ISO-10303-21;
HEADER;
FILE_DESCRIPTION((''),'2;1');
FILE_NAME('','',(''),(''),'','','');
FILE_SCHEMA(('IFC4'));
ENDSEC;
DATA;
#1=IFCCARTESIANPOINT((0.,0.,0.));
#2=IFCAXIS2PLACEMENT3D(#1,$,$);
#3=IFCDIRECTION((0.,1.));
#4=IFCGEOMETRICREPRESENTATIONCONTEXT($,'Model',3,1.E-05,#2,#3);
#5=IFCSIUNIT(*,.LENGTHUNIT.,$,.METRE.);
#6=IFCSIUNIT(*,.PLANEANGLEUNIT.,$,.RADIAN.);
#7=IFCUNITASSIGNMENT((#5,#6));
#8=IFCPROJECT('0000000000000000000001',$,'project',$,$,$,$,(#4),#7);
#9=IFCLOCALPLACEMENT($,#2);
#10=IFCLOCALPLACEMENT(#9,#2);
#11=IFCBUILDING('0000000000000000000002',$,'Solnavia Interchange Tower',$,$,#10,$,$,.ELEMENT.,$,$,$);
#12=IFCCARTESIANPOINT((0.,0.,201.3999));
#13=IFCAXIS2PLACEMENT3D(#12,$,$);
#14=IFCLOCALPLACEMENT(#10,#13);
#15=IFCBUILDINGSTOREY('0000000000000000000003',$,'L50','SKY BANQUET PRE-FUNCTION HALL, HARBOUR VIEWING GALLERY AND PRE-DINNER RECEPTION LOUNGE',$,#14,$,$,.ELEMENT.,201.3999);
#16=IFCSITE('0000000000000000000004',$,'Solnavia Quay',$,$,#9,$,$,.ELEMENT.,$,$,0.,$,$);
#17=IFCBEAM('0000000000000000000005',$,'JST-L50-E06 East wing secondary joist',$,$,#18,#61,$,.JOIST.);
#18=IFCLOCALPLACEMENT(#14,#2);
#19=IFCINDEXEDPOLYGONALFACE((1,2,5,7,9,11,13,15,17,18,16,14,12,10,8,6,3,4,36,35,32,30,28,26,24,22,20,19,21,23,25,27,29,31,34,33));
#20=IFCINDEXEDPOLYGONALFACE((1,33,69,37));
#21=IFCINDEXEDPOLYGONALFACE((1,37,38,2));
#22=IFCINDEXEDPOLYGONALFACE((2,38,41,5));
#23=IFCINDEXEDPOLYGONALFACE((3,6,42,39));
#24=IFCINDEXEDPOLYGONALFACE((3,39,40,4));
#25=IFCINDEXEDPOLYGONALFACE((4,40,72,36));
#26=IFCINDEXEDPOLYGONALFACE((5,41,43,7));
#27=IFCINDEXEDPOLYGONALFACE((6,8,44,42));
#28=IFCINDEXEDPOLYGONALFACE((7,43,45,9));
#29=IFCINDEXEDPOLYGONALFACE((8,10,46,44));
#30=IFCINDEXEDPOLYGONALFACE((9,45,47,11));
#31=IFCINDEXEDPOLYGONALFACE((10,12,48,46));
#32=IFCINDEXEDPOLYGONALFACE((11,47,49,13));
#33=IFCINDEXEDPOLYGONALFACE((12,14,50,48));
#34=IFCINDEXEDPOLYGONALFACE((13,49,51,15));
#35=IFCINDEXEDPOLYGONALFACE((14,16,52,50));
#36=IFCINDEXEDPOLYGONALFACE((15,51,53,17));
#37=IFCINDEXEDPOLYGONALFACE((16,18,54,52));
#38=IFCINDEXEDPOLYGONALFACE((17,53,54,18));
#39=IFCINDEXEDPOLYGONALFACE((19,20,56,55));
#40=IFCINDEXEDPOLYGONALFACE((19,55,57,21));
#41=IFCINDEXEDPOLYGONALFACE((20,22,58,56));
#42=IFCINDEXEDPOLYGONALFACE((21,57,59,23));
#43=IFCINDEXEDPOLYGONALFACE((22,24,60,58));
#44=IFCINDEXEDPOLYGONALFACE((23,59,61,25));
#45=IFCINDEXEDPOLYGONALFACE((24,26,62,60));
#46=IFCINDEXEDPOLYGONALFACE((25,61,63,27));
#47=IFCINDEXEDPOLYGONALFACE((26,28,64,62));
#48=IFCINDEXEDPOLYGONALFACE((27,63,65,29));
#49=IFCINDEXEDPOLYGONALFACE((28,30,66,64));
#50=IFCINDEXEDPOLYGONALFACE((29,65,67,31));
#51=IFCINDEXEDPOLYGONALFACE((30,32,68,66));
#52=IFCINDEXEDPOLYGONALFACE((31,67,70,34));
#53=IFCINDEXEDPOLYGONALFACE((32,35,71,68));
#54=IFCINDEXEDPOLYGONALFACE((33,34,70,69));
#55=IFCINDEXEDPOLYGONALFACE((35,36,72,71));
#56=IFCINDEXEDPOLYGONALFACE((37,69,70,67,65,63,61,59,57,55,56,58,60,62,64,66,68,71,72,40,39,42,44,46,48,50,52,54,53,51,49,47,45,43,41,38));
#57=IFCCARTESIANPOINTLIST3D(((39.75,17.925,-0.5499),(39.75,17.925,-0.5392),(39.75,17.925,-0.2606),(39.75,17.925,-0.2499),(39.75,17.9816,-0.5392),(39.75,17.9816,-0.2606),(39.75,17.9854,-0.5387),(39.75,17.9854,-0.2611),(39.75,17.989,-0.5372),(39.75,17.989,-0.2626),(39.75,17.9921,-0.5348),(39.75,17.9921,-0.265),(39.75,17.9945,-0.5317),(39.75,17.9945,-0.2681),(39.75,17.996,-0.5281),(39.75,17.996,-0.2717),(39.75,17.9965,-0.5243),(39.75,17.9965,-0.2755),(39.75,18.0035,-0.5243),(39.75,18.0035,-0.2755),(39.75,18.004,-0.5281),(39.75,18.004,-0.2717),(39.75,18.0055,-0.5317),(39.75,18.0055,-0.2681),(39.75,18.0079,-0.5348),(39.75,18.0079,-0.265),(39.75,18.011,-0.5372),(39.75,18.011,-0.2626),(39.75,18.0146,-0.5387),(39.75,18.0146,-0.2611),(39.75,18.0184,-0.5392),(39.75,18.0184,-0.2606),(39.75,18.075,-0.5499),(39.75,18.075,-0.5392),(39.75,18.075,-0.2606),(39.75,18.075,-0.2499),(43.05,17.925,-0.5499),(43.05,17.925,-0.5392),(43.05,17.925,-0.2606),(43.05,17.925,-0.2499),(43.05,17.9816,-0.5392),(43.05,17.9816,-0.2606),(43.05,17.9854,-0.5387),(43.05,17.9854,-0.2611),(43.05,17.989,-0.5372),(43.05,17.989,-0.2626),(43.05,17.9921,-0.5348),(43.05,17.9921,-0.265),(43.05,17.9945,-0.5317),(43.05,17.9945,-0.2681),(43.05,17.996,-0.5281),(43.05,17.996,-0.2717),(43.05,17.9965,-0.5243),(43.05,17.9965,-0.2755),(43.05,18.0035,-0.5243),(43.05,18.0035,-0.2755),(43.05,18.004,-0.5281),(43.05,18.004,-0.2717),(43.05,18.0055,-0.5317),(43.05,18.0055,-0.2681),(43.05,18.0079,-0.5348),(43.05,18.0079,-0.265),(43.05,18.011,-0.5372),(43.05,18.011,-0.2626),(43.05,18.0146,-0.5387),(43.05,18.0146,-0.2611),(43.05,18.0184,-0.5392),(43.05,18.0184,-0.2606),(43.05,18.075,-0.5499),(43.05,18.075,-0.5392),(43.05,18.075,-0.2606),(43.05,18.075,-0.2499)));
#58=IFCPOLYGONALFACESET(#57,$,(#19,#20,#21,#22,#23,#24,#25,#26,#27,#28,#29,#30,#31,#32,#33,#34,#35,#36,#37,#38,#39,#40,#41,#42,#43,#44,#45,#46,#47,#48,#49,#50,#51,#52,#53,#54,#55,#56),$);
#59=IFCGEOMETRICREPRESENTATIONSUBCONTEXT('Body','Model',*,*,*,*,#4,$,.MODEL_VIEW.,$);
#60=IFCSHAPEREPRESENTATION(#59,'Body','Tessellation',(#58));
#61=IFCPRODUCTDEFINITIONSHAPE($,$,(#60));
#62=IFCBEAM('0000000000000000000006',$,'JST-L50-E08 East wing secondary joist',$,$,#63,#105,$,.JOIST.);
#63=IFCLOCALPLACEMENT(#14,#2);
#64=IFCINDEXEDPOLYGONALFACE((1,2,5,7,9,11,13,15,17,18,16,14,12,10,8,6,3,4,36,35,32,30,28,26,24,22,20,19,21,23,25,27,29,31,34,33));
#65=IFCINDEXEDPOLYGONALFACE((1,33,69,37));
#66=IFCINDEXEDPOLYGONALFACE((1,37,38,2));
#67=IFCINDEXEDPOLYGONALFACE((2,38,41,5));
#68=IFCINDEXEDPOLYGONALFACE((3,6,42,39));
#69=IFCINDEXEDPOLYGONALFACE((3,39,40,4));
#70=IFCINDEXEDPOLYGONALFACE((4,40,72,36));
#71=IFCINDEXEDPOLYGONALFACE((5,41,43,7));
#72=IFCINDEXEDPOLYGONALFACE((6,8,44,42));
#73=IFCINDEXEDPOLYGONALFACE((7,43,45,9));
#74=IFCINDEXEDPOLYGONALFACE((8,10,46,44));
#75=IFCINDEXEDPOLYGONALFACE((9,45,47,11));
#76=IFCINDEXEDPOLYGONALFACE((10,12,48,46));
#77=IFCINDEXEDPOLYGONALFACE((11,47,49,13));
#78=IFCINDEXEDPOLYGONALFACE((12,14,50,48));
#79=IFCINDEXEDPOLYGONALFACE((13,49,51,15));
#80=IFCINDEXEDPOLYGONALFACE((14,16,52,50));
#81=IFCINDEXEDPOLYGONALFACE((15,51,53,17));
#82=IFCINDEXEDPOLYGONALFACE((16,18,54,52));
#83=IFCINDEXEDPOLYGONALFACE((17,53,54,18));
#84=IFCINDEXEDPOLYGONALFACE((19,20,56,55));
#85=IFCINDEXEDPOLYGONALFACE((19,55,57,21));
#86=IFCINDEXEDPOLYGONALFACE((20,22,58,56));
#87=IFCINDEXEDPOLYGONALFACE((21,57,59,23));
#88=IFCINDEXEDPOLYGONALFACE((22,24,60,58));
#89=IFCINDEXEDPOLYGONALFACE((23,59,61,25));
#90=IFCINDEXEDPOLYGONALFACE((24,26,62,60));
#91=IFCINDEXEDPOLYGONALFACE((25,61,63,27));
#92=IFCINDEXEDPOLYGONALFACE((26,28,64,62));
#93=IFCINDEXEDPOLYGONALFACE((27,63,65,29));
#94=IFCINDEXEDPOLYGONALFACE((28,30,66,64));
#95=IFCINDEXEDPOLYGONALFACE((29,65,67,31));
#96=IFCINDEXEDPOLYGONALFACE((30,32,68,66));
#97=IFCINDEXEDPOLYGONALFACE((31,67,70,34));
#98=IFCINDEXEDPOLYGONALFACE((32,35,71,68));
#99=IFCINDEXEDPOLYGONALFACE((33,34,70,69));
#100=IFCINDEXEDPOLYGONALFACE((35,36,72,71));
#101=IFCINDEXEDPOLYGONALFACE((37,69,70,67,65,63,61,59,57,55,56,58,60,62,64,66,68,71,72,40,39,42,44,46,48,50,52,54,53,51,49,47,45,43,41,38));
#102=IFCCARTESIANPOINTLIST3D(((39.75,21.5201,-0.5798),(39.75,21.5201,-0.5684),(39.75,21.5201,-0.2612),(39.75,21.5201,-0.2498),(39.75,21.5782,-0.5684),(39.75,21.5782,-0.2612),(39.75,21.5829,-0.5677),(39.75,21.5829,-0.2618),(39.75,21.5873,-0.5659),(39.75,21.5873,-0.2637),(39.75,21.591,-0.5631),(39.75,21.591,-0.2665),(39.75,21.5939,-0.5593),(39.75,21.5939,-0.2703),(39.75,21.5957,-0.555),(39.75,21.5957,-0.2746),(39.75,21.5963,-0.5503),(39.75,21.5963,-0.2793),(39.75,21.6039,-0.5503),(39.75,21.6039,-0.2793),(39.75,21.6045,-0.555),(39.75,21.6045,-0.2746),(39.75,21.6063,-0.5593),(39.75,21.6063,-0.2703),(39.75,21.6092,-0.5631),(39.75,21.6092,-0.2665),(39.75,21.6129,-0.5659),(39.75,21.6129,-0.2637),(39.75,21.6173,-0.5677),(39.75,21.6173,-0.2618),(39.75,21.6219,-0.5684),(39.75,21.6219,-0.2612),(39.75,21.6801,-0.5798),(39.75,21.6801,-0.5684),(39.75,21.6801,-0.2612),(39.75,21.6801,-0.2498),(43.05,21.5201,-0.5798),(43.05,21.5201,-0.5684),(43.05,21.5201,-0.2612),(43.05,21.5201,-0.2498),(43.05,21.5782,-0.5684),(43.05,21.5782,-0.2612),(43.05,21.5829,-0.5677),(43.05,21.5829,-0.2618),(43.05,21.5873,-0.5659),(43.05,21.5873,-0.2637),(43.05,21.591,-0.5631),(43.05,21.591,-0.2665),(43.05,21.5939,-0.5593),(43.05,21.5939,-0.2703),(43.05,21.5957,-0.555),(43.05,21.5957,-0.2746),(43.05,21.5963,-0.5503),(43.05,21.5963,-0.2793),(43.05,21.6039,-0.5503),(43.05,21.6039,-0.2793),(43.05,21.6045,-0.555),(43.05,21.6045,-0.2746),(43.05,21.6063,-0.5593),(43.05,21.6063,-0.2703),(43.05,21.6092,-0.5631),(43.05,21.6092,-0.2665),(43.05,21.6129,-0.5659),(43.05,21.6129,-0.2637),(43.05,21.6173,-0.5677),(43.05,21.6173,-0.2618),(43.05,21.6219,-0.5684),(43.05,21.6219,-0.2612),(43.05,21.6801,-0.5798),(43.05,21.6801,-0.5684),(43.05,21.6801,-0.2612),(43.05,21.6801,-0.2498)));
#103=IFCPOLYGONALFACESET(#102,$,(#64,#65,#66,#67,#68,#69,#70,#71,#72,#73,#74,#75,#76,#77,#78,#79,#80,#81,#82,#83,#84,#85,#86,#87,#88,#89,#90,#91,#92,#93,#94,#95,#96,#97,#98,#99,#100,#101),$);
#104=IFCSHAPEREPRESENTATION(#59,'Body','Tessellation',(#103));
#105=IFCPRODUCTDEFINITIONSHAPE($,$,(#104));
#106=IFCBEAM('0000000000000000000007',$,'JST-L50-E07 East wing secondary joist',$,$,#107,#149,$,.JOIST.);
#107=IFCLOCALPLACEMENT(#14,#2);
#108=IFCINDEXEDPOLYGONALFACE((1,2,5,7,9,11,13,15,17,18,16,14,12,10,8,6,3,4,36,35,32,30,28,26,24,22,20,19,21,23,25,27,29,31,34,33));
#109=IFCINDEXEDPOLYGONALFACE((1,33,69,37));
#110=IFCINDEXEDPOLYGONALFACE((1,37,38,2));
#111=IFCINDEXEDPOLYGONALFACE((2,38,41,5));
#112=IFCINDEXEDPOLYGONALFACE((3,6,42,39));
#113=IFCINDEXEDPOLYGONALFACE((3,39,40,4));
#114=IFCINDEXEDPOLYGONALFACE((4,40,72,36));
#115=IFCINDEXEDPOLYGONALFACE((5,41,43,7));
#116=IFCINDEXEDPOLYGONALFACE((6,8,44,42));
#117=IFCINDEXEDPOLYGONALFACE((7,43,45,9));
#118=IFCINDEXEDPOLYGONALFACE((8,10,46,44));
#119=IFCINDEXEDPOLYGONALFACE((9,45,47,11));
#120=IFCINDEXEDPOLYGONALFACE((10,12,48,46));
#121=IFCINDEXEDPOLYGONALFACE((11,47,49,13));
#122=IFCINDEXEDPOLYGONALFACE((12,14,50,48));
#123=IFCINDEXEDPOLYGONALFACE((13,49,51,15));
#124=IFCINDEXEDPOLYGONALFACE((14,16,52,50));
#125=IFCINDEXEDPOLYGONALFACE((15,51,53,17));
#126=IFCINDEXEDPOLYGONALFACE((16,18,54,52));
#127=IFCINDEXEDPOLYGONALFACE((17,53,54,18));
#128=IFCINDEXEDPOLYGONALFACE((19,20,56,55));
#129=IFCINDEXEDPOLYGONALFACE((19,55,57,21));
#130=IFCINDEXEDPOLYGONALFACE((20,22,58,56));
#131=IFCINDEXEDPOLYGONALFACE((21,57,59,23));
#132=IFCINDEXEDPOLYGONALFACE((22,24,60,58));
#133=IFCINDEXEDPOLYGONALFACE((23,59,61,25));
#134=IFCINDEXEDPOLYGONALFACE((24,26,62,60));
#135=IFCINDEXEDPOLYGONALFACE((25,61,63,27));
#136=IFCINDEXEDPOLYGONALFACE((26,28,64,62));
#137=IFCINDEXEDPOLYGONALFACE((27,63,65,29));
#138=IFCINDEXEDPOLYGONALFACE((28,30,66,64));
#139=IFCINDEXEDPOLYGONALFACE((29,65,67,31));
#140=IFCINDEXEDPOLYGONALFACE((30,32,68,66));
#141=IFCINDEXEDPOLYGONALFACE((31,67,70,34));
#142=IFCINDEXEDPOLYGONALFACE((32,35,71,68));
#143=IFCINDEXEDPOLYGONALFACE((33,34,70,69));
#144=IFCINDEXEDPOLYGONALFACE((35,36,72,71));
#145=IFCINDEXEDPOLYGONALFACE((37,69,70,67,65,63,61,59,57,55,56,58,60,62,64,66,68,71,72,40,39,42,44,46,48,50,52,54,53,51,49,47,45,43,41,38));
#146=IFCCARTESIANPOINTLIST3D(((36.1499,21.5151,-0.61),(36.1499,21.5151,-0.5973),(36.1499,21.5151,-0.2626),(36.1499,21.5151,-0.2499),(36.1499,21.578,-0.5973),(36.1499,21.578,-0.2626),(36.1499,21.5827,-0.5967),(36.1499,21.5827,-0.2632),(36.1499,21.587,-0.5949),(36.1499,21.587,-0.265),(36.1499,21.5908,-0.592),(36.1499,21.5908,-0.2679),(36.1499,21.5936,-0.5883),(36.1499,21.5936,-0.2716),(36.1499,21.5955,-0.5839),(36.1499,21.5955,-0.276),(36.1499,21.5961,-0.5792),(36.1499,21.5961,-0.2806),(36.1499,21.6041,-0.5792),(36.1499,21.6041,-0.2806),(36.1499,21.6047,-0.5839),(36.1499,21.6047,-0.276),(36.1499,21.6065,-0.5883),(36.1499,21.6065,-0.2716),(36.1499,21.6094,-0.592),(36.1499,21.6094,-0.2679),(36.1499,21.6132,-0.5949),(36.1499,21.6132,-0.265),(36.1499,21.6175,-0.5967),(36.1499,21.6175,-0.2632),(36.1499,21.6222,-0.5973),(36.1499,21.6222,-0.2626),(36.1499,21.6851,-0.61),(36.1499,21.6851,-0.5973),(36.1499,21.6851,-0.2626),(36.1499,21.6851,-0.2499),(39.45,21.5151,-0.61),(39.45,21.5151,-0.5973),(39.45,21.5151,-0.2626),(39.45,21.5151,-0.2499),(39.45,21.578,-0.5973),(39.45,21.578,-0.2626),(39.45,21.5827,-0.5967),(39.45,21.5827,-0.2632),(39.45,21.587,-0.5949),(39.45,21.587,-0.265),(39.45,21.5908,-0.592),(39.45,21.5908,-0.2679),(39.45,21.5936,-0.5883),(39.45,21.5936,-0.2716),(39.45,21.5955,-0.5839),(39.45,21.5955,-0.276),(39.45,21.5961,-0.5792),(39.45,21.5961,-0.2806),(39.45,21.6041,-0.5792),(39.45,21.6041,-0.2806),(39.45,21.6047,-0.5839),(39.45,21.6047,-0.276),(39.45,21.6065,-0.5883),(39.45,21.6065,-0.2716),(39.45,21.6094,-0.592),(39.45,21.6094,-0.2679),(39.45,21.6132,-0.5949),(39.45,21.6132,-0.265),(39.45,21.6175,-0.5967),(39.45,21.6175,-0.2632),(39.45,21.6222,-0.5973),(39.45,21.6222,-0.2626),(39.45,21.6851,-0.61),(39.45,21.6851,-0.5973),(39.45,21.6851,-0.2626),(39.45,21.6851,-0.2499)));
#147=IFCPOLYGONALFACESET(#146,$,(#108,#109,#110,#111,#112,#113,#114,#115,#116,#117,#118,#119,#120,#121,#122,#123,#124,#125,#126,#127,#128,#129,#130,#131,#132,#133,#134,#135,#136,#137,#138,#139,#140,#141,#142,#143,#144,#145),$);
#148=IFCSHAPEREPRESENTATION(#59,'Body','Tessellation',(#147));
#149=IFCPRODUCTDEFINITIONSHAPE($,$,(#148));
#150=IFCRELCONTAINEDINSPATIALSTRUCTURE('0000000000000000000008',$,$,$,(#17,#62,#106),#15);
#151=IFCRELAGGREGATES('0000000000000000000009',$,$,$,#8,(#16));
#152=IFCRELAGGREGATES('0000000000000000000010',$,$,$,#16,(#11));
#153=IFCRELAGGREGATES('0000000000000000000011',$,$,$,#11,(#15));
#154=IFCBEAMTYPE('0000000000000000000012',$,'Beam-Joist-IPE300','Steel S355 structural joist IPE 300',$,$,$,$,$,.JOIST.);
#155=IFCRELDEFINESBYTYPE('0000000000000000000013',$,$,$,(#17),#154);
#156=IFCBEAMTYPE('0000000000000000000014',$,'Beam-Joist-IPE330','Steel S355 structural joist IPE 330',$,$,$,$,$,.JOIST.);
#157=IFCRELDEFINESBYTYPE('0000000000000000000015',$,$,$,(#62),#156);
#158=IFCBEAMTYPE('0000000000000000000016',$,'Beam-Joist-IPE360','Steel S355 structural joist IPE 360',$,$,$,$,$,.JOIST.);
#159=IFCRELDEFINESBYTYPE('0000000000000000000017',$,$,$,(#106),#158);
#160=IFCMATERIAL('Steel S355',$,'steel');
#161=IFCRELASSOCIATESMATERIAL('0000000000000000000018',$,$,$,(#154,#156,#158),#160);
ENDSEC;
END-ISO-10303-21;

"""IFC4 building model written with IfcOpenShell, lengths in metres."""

from ifc_helpers import new_model, si_unit, direction, frame, origin, origin_2d, place, context, subcontext, project, spatial, i_section, extrude, material, material_profile, profile_set, type_object, element, save


model = new_model("IFC4")

# Units and contexts
model_context = context("Model", 3, precision=1e-05, world=origin(), true_north=direction((0.0, 1.0)))
body_context = subcontext(model_context, "Body", "Model", "MODEL_VIEW")
ifc_project = project(units=[si_unit("LENGTHUNIT", "METRE"), si_unit("PLANEANGLEUNIT", "RADIAN")], contexts=[model_context])

# Site, building, storey
site_placement = place(None, origin())
site = spatial("IfcSite", under=ifc_project, at=site_placement, Name="Solnavia Quay", CompositionType="ELEMENT", RefElevation=0.0)
building_placement = place(site_placement, origin())
building = spatial("IfcBuilding", under=site, at=building_placement, Name="Solnavia Interchange Tower", CompositionType="ELEMENT")
storey_placement = place(building_placement, frame((0.0, 0.0, 201.3999)))
storey = spatial("IfcBuildingStorey", under=building, at=storey_placement, Name="L50", Description="SKY BANQUET PRE-FUNCTION HALL, HARBOUR VIEWING GALLERY AND PRE-DINNER RECEPTION LOUNGE", CompositionType="ELEMENT", Elevation=201.3999)

# Shared definitions
ifc_material_1 = material(Name="Steel S355", Category="steel")

# Beams
ifc_material_profile_1 = material_profile(ifc_material_1, i_section(OverallWidth=0.1499, OverallDepth=0.3, WebThickness=0.0071, FlangeThickness=0.0107, FilletRadius=0.0149, at=origin_2d()), Name="IPE 300")
ifc_profile_set_1 = profile_set([ifc_material_profile_1], Name="Steel S355")
beam_type_1 = type_object("IfcBeamType", Name="Beam-Joist-IPE300", Description="Steel S355 structural joist IPE 300", PredefinedType="JOIST", material=ifc_profile_set_1)
beam_1_placement = place(storey_placement, frame((39.75, 18.0, -0.3999), z_axis=(1.0, 0.0, 0.0), x_axis=(0.0, 1.0, 0.0)))
element("IfcBeam", 1, at=beam_1_placement, inside=storey, type_object=beam_type_1, Name="JST-L50-E06 East wing secondary joist", PredefinedType="JOIST", context=body_context, shape_type="SweptSolid", body=[
    extrude(i_section(OverallWidth=0.1499, OverallDepth=0.3, WebThickness=0.0071, FlangeThickness=0.0107, FilletRadius=0.0149, at=origin_2d()), origin(), (0.0, 0.0, 1.0), 3.3),
])
ifc_material_profile_2 = material_profile(ifc_material_1, i_section(OverallWidth=0.1599, OverallDepth=0.3301, WebThickness=0.0076, FlangeThickness=0.0115, FilletRadius=0.0181, at=origin_2d()), Name="IPE 330")
ifc_profile_set_2 = profile_set([ifc_material_profile_2], Name="Steel S355")
beam_type_2 = type_object("IfcBeamType", Name="Beam-Joist-IPE330", Description="Steel S355 structural joist IPE 330", PredefinedType="JOIST", material=ifc_profile_set_2)
beam_2_placement = place(storey_placement, frame((39.75, 21.6001, -0.4148), z_axis=(1.0, 0.0, 0.0), x_axis=(0.0, 1.0, 0.0)))
element("IfcBeam", 2, at=beam_2_placement, inside=storey, type_object=beam_type_2, Name="JST-L50-E08 East wing secondary joist", PredefinedType="JOIST", context=body_context, shape_type="SweptSolid", body=[
    extrude(i_section(OverallWidth=0.1599, OverallDepth=0.3301, WebThickness=0.0076, FlangeThickness=0.0115, FilletRadius=0.0181, at=origin_2d()), origin(), (0.0, 0.0, 1.0), 3.3),
])
ifc_material_profile_3 = material_profile(ifc_material_1, i_section(OverallWidth=0.1699, OverallDepth=0.3601, WebThickness=0.0081, FlangeThickness=0.0127, FilletRadius=0.0181, at=origin_2d()), Name="IPE 360")
ifc_profile_set_3 = profile_set([ifc_material_profile_3], Name="Steel S355")
beam_type_3 = type_object("IfcBeamType", Name="Beam-Joist-IPE360", Description="Steel S355 structural joist IPE 360", PredefinedType="JOIST", material=ifc_profile_set_3)
beam_3_placement = place(storey_placement, frame((36.1499, 21.6001, -0.4299), z_axis=(1.0, 0.0, 0.0), x_axis=(0.0, 1.0, 0.0)))
element("IfcBeam", 3, at=beam_3_placement, inside=storey, type_object=beam_type_3, Name="JST-L50-E07 East wing secondary joist", PredefinedType="JOIST", context=body_context, shape_type="SweptSolid", body=[
    extrude(i_section(OverallWidth=0.1699, OverallDepth=0.3601, WebThickness=0.0081, FlangeThickness=0.0127, FilletRadius=0.0181, at=origin_2d()), origin(), (0.0, 0.0, 1.0), 3.3),
])

save(model, "model.ifc")
